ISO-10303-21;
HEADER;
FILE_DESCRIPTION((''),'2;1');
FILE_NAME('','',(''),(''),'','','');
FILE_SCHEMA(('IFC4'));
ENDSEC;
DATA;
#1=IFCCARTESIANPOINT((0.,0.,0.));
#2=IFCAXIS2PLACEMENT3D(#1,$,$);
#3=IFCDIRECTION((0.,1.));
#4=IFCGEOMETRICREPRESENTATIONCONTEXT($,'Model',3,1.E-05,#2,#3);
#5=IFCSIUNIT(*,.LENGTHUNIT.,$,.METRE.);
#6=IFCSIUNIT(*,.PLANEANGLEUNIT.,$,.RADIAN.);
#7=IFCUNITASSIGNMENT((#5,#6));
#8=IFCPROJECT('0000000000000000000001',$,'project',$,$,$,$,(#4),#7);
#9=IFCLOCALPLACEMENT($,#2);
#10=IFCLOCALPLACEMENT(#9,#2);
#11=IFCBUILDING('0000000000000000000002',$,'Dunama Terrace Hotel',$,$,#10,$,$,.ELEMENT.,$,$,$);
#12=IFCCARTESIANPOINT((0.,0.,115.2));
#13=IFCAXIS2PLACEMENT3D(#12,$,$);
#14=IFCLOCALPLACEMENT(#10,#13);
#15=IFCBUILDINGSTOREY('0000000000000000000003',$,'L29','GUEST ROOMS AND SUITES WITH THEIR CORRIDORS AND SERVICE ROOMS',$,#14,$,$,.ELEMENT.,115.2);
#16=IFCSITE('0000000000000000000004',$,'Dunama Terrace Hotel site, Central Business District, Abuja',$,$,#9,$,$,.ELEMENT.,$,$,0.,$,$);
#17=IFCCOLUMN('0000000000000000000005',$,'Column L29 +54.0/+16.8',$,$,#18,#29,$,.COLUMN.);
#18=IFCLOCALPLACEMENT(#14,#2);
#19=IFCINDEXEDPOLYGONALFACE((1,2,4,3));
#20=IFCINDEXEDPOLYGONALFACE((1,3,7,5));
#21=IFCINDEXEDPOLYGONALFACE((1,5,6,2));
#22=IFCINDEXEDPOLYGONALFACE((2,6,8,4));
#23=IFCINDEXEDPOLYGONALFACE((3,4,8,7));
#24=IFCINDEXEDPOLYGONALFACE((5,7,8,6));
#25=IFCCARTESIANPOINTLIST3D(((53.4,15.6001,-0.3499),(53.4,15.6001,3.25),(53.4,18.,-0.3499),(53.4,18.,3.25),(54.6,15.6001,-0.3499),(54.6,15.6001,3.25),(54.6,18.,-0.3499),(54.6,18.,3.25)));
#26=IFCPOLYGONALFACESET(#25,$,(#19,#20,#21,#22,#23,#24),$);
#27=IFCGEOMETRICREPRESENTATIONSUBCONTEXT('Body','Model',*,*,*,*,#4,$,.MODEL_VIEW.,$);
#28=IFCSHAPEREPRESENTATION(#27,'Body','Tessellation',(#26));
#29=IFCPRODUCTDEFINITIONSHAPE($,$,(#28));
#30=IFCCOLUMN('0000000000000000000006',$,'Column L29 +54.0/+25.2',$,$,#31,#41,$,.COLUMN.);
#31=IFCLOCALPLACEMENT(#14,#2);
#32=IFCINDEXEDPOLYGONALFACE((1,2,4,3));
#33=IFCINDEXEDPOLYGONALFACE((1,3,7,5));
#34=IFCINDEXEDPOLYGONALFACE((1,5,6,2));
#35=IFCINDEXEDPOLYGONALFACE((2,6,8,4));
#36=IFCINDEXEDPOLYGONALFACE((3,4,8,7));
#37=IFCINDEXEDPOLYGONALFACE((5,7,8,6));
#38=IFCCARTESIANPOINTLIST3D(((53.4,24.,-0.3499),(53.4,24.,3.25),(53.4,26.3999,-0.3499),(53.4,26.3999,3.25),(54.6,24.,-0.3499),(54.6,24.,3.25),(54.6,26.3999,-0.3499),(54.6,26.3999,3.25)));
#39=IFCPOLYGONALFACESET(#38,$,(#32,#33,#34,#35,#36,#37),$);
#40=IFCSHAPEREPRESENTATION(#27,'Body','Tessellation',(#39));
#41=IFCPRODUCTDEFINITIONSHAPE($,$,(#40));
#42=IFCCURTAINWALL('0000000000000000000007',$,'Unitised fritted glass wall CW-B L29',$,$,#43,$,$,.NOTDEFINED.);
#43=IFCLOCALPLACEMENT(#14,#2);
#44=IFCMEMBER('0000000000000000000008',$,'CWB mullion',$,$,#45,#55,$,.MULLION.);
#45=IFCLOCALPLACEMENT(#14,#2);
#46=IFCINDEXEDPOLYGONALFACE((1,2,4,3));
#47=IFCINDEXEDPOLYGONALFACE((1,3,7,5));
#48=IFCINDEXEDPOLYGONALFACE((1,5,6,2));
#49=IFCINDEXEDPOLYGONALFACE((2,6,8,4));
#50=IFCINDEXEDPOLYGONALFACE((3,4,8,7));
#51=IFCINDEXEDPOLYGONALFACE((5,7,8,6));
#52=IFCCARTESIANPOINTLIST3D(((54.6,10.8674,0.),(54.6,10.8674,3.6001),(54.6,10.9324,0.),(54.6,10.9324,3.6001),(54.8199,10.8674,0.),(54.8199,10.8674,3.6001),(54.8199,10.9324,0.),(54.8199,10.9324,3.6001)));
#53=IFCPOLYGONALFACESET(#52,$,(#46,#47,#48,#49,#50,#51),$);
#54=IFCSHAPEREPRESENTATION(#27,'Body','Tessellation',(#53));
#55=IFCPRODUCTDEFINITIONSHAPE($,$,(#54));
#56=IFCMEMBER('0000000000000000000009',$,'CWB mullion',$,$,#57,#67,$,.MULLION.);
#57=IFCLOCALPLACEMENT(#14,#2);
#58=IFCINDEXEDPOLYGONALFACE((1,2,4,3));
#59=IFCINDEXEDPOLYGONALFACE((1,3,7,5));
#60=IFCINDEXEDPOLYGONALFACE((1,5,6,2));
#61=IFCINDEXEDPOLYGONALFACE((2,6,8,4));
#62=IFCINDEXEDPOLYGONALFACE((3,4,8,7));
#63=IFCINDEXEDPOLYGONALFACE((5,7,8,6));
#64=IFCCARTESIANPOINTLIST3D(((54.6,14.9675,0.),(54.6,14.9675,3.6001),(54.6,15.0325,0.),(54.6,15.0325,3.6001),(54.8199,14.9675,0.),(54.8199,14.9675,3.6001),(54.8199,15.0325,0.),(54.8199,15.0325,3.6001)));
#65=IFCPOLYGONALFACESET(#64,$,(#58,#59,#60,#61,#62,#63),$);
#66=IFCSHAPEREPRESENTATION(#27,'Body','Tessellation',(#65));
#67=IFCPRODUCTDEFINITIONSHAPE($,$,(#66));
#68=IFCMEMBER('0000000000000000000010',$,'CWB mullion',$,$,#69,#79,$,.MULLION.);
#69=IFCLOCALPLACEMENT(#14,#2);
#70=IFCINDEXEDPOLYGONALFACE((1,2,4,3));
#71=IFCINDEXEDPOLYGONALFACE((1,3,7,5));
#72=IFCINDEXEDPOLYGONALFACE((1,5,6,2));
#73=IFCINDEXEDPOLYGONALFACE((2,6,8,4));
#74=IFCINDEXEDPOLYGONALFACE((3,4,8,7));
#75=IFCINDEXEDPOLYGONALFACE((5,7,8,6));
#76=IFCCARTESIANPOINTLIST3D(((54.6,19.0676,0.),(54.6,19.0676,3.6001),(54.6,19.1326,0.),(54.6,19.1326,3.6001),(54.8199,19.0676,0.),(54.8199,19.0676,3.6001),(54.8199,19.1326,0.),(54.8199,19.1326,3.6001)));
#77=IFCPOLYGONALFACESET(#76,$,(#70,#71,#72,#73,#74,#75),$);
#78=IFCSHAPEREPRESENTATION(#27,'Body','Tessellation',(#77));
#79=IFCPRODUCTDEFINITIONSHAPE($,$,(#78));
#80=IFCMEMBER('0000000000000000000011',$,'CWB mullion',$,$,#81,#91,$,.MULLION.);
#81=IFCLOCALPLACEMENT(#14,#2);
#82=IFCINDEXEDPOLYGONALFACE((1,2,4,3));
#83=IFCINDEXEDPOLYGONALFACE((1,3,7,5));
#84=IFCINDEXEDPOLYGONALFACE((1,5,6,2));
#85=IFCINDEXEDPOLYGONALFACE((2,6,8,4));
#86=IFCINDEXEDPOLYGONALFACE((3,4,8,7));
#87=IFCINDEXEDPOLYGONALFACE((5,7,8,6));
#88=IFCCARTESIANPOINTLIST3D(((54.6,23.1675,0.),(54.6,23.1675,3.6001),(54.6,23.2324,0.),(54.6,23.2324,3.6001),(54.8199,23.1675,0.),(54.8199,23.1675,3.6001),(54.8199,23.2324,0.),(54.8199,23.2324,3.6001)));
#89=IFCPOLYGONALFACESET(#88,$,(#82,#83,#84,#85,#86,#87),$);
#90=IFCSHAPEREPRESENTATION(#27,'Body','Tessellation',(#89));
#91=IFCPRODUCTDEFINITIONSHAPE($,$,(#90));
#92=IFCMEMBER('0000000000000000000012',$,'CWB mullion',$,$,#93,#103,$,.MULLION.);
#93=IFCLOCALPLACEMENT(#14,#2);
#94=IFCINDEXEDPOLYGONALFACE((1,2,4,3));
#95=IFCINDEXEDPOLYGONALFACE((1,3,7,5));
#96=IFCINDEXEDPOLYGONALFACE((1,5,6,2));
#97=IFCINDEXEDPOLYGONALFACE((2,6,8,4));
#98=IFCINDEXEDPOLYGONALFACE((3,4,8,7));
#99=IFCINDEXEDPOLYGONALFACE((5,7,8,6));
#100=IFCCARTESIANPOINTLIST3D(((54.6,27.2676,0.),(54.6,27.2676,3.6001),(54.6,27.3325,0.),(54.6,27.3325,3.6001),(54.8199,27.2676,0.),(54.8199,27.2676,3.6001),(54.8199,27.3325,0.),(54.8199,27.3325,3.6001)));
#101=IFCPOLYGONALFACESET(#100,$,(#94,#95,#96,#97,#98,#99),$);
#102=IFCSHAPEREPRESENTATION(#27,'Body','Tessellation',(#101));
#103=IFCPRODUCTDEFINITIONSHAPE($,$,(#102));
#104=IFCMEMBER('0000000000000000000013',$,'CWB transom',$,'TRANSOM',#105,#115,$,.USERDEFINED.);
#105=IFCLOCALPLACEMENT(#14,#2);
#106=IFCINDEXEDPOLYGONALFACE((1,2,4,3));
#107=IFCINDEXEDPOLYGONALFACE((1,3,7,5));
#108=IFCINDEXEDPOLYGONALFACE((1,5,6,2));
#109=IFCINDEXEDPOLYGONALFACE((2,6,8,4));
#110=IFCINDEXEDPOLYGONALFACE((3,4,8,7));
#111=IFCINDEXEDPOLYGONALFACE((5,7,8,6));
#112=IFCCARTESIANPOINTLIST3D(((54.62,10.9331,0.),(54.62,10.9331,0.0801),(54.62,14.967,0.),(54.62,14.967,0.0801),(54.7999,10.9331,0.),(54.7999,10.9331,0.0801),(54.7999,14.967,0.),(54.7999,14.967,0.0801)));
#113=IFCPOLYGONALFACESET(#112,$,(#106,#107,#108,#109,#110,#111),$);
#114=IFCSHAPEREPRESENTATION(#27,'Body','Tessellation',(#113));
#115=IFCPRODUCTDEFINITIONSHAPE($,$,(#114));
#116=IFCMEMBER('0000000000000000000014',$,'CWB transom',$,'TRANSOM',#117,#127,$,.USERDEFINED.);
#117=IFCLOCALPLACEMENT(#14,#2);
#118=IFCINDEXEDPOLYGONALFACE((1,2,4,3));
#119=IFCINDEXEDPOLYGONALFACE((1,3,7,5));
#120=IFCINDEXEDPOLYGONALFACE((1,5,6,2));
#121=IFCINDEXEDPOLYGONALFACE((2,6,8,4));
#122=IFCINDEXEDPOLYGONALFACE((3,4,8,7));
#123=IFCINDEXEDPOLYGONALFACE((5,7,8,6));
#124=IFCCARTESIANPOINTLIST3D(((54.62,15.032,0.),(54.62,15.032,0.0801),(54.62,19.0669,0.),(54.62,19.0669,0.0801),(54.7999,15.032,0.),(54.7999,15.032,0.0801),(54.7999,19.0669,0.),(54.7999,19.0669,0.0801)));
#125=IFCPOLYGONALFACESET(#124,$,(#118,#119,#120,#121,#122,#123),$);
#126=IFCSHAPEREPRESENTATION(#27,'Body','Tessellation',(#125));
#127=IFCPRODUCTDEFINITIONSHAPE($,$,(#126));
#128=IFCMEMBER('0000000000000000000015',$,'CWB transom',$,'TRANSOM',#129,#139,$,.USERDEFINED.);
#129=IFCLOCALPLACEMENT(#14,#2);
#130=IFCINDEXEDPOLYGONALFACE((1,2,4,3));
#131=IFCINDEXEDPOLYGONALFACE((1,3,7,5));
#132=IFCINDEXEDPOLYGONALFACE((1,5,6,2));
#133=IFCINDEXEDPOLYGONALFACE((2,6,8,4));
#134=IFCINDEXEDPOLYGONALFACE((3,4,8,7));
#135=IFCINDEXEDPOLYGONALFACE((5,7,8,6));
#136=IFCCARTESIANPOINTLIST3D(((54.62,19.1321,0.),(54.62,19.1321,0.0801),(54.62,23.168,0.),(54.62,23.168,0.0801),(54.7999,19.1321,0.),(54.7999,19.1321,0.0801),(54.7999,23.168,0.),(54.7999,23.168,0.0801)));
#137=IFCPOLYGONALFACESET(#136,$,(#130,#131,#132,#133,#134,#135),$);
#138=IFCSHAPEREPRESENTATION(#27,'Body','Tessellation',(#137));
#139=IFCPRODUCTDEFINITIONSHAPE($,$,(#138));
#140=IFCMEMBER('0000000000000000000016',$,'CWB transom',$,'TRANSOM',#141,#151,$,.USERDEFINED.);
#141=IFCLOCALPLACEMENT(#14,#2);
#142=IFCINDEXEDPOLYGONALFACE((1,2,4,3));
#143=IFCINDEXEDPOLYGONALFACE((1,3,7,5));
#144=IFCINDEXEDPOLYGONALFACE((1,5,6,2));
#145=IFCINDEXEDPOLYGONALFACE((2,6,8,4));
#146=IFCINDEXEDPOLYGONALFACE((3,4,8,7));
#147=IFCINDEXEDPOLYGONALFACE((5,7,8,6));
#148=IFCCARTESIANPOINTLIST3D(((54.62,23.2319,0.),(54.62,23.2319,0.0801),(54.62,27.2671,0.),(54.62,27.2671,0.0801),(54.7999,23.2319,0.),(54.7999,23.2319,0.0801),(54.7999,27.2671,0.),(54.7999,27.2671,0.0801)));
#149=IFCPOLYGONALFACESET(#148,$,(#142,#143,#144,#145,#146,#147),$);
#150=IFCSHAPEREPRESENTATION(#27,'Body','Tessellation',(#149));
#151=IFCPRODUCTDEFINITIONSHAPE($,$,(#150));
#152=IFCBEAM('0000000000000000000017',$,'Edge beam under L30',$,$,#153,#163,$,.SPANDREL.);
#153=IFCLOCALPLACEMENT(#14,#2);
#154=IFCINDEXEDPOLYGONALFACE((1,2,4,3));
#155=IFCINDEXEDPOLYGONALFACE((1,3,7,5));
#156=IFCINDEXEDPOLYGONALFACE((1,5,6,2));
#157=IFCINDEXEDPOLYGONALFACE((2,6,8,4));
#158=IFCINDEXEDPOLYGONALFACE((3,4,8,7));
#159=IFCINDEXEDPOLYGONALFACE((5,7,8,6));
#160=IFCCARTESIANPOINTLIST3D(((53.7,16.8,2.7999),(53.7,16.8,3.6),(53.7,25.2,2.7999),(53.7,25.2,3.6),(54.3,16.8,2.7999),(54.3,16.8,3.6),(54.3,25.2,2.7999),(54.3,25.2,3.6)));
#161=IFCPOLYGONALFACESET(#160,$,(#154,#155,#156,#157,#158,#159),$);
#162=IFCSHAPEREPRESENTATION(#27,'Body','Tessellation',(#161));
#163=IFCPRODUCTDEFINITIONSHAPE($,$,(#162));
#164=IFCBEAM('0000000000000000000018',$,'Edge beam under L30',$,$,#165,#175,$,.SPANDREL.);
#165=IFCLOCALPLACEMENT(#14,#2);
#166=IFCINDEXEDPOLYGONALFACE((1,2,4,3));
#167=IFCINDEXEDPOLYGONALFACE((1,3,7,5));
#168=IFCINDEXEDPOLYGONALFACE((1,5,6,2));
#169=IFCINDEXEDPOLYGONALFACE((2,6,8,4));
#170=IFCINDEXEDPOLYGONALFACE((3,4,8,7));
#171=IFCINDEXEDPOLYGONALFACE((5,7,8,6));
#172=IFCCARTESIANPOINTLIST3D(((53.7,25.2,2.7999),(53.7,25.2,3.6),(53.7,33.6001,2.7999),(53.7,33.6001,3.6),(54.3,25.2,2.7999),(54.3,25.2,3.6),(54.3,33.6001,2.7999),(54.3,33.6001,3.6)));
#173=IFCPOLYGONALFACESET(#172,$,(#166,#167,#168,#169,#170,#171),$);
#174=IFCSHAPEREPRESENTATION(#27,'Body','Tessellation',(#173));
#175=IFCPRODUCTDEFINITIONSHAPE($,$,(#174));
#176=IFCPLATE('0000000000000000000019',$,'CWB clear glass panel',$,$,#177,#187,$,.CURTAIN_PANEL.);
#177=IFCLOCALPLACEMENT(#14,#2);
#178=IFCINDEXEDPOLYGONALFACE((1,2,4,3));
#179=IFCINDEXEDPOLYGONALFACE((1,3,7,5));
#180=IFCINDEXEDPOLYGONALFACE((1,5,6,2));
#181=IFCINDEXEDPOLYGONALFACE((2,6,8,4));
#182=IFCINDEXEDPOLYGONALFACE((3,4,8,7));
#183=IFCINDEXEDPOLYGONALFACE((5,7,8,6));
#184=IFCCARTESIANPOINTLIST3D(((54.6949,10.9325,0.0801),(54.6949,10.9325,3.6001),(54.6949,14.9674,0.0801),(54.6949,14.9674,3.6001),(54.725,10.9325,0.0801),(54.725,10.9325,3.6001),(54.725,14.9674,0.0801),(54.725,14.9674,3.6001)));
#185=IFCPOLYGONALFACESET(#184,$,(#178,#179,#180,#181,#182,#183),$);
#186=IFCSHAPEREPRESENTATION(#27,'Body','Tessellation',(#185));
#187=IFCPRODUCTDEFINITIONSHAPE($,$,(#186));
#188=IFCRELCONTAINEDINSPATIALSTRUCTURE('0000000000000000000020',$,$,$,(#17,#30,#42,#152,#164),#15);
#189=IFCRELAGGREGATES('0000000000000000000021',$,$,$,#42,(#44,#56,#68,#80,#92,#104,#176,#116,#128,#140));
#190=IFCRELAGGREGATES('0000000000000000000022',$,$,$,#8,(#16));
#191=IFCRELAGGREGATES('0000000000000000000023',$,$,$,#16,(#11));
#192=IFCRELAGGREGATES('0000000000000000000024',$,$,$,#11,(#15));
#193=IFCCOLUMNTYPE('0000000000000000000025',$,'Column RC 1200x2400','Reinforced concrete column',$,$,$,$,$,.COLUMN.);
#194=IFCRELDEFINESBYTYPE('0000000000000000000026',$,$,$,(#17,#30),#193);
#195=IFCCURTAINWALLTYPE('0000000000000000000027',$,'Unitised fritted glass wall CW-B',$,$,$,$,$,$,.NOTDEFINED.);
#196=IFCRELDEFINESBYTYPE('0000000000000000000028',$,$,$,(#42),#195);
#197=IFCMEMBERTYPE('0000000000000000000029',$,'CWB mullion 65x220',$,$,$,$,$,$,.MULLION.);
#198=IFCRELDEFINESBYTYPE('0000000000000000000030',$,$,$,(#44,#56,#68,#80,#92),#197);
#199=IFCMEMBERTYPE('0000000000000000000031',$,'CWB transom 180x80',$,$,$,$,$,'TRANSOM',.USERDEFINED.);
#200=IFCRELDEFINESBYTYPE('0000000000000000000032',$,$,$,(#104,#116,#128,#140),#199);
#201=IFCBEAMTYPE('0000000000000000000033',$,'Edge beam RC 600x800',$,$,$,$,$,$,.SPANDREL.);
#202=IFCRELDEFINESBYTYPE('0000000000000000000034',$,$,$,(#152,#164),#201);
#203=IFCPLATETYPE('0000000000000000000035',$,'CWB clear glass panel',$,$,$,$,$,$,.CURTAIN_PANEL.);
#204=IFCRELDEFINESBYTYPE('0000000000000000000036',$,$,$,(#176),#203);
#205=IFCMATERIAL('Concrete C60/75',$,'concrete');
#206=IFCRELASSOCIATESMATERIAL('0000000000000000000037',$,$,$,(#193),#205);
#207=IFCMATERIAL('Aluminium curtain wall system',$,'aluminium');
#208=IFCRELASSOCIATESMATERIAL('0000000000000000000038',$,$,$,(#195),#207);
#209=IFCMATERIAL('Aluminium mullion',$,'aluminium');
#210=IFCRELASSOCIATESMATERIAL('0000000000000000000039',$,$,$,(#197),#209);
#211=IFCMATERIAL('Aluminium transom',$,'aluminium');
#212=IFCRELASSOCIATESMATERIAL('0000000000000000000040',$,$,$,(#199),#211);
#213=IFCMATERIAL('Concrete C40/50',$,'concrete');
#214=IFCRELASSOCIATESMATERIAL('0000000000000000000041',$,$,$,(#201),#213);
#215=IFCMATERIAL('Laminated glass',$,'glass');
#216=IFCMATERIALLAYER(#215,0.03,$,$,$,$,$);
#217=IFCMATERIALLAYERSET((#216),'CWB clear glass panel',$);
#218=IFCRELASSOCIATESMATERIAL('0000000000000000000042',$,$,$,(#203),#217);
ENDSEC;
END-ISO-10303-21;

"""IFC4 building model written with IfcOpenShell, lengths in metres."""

from ifc_helpers import new_model, si_unit, direction, frame, origin, origin_2d, place, context, subcontext, project, spatial, rectangle, extrude, material, layer, layer_set, material_profile, profile_set, type_object, element, aggregate, save


model = new_model("IFC4")

# Units and contexts
model_context = context("Model", 3, precision=1e-05, world=origin(), true_north=direction((0.0, 1.0)))
body_context = subcontext(model_context, "Body", "Model", "MODEL_VIEW")
ifc_project = project(units=[si_unit("LENGTHUNIT", "METRE"), si_unit("PLANEANGLEUNIT", "RADIAN")], contexts=[model_context])

# Site, building, storey
site_placement = place(None, origin())
site = spatial("IfcSite", under=ifc_project, at=site_placement, Name="Dunama Terrace Hotel site, Central Business District, Abuja", CompositionType="ELEMENT", RefElevation=0.0)
building_placement = place(site_placement, origin())
building = spatial("IfcBuilding", under=site, at=building_placement, Name="Dunama Terrace Hotel", CompositionType="ELEMENT")
storey_placement = place(building_placement, frame((0.0, 0.0, 115.2)))
storey = spatial("IfcBuildingStorey", under=building, at=storey_placement, Name="L29", Description="GUEST ROOMS AND SUITES WITH THEIR CORRIDORS AND SERVICE ROOMS", CompositionType="ELEMENT", Elevation=115.2)

# Columns
ifc_material_1 = material(Name="Concrete C60/75", Category="concrete")
ifc_material_profile_1 = material_profile(ifc_material_1, rectangle(XDim=1.2, YDim=2.3999, at=origin_2d()), Name="RC 1200x2400")
ifc_profile_set_1 = profile_set([ifc_material_profile_1], Name="Concrete C60/75")
column_type = type_object("IfcColumnType", Name="Column RC 1200x2400", Description="Reinforced concrete column", PredefinedType="COLUMN", material=ifc_profile_set_1)
for number, where, z_axis, x_axis, name in (
    (1, (54.0, 16.8, -0.3499), (0.0, 0.0, 1.0), (1.0, 0.0, 0.0), "Column L29 +54.0/+16.8"),
    (2, (54.0, 25.2, -0.3499), (0.0, 0.0, 1.0), (1.0, 0.0, 0.0), "Column L29 +54.0/+25.2"),
):
    element("IfcColumn", number, at=place(storey_placement, frame(where, z_axis=z_axis, x_axis=x_axis)), inside=storey, type_object=column_type, Name=name, PredefinedType="COLUMN", context=body_context, shape_type="SweptSolid", body=[
        extrude(rectangle(XDim=1.2, YDim=2.3999, at=origin_2d()), origin(), (0.0, 0.0, 1.0), 3.5999),
    ])

# Curtain wall, members
ifc_material_2 = material(Name="Aluminium curtain wall system", Category="aluminium")
curtain_wall_type = type_object("IfcCurtainWallType", Name="Unitised fritted glass wall CW-B", PredefinedType="NOTDEFINED", material=ifc_material_2)
curtain_wall_placement = place(storey_placement, origin())
curtain_wall = element("IfcCurtainWall", 3, at=curtain_wall_placement, inside=storey, type_object=curtain_wall_type, Name="Unitised fritted glass wall CW-B L29", PredefinedType="NOTDEFINED")
ifc_material_3 = material(Name="Aluminium mullion", Category="aluminium")
ifc_material_profile_2 = material_profile(ifc_material_3, rectangle(XDim=0.0649, YDim=0.22, at=origin_2d()), Name="CWB MULLION 65X220")
ifc_profile_set_2 = profile_set([ifc_material_profile_2], Name="Aluminium mullion")
member_type_1 = type_object("IfcMemberType", Name="CWB mullion 65x220", PredefinedType="MULLION", material=ifc_profile_set_2)
member_1_placement = place(storey_placement, frame((54.71, 10.8999, 0.0), z_axis=(0.0, 0.0, 1.0), x_axis=(0.0, 1.0, 0.0)))
member_1 = element("IfcMember", 4, at=member_1_placement, type_object=member_type_1, Name="CWB mullion", PredefinedType="MULLION", context=body_context, shape_type="SweptSolid", body=[
    extrude(rectangle(XDim=0.0649, YDim=0.22, at=origin_2d()), origin(), (0.0, 0.0, 1.0), 3.6001),
])
member_2_placement = place(storey_placement, frame((54.71, 15.0, 0.0), z_axis=(0.0, 0.0, 1.0), x_axis=(0.0, 1.0, 0.0)))
member_2 = element("IfcMember", 5, at=member_2_placement, type_object=member_type_1, Name="CWB mullion", PredefinedType="MULLION", context=body_context, shape_type="SweptSolid", body=[
    extrude(rectangle(XDim=0.0649, YDim=0.22, at=origin_2d()), origin(), (0.0, 0.0, 1.0), 3.6001),
])
member_3_placement = place(storey_placement, frame((54.71, 19.1001, 0.0), z_axis=(0.0, 0.0, 1.0), x_axis=(0.0, 1.0, 0.0)))
member_3 = element("IfcMember", 6, at=member_3_placement, type_object=member_type_1, Name="CWB mullion", PredefinedType="MULLION", context=body_context, shape_type="SweptSolid", body=[
    extrude(rectangle(XDim=0.0649, YDim=0.22, at=origin_2d()), origin(), (0.0, 0.0, 1.0), 3.6001),
])
member_4_placement = place(storey_placement, frame((54.71, 23.2, 0.0), z_axis=(0.0, 0.0, 1.0), x_axis=(0.0, 1.0, 0.0)))
member_4 = element("IfcMember", 7, at=member_4_placement, type_object=member_type_1, Name="CWB mullion", PredefinedType="MULLION", context=body_context, shape_type="SweptSolid", body=[
    extrude(rectangle(XDim=0.0649, YDim=0.22, at=origin_2d()), origin(), (0.0, 0.0, 1.0), 3.6001),
])
member_5_placement = place(storey_placement, frame((54.71, 27.3, 0.0), z_axis=(0.0, 0.0, 1.0), x_axis=(0.0, 1.0, 0.0)))
member_5 = element("IfcMember", 8, at=member_5_placement, type_object=member_type_1, Name="CWB mullion", PredefinedType="MULLION", context=body_context, shape_type="SweptSolid", body=[
    extrude(rectangle(XDim=0.0649, YDim=0.22, at=origin_2d()), origin(), (0.0, 0.0, 1.0), 3.6001),
])
ifc_material_4 = material(Name="Aluminium transom", Category="aluminium")
ifc_material_profile_3 = material_profile(ifc_material_4, rectangle(XDim=0.1799, YDim=0.0801, at=origin_2d()), Name="CWB TRANSOM 180X80")
ifc_profile_set_3 = profile_set([ifc_material_profile_3], Name="Aluminium transom")
member_type_2 = type_object("IfcMemberType", Name="CWB transom 180x80", ElementType="TRANSOM", PredefinedType="USERDEFINED", material=ifc_profile_set_3)
member_6_placement = place(storey_placement, frame((54.71, 10.9331, 0.04), z_axis=(0.0, 1.0, 0.0), x_axis=(-1.0, 0.0, 0.0)))
member_6 = element("IfcMember", 9, at=member_6_placement, type_object=member_type_2, Name="CWB transom", ObjectType="TRANSOM", PredefinedType="USERDEFINED", context=body_context, shape_type="SweptSolid", body=[
    extrude(rectangle(XDim=0.1799, YDim=0.0801, at=origin_2d()), origin(), (0.0, 0.0, 1.0), 4.0339),
])
member_7_placement = place(storey_placement, frame((54.71, 15.032, 0.04), z_axis=(0.0, 1.0, 0.0), x_axis=(-1.0, 0.0, 0.0)))
member_7 = element("IfcMember", 10, at=member_7_placement, type_object=member_type_2, Name="CWB transom", ObjectType="TRANSOM", PredefinedType="USERDEFINED", context=body_context, shape_type="SweptSolid", body=[
    extrude(rectangle(XDim=0.1799, YDim=0.0801, at=origin_2d()), origin(), (0.0, 0.0, 1.0), 4.0349),
])
member_8_placement = place(storey_placement, frame((54.71, 19.1321, 0.04), z_axis=(0.0, 1.0, 0.0), x_axis=(-1.0, 0.0, 0.0)))
member_8 = element("IfcMember", 11, at=member_8_placement, type_object=member_type_2, Name="CWB transom", ObjectType="TRANSOM", PredefinedType="USERDEFINED", context=body_context, shape_type="SweptSolid", body=[
    extrude(rectangle(XDim=0.1799, YDim=0.0801, at=origin_2d()), origin(), (0.0, 0.0, 1.0), 4.0359),
])
member_9_placement = place(storey_placement, frame((54.71, 23.2319, 0.04), z_axis=(0.0, 1.0, 0.0), x_axis=(-1.0, 0.0, 0.0)))
member_9 = element("IfcMember", 12, at=member_9_placement, type_object=member_type_2, Name="CWB transom", ObjectType="TRANSOM", PredefinedType="USERDEFINED", context=body_context, shape_type="SweptSolid", body=[
    extrude(rectangle(XDim=0.1799, YDim=0.0801, at=origin_2d()), origin(), (0.0, 0.0, 1.0), 4.0352),
])

# Beams
ifc_material_5 = material(Name="Concrete C40/50", Category="concrete")
ifc_material_profile_4 = material_profile(ifc_material_5, rectangle(XDim=0.6001, YDim=0.8, at=origin_2d()), Name="RC 600x800")
ifc_profile_set_4 = profile_set([ifc_material_profile_4], Name="Concrete C40/50")
beam_type = type_object("IfcBeamType", Name="Edge beam RC 600x800", PredefinedType="SPANDREL", material=ifc_profile_set_4)
beam_1_placement = place(storey_placement, frame((54.0, 16.8, 3.2), z_axis=(0.0, 1.0, 0.0), x_axis=(-1.0, 0.0, 0.0)))
element("IfcBeam", 13, at=beam_1_placement, inside=storey, type_object=beam_type, Name="Edge beam under L30", PredefinedType="SPANDREL", context=body_context, shape_type="SweptSolid", body=[
    extrude(rectangle(XDim=0.6001, YDim=0.8, at=origin_2d()), origin(), (0.0, 0.0, 1.0), 8.3999),
])
beam_2_placement = place(storey_placement, frame((54.0, 25.2, 3.2), z_axis=(0.0, 1.0, 0.0), x_axis=(-1.0, 0.0, 0.0)))
element("IfcBeam", 14, at=beam_2_placement, inside=storey, type_object=beam_type, Name="Edge beam under L30", PredefinedType="SPANDREL", context=body_context, shape_type="SweptSolid", body=[
    extrude(rectangle(XDim=0.6001, YDim=0.8, at=origin_2d()), origin(), (0.0, 0.0, 1.0), 8.4001),
])

# Plate
ifc_material_6 = material(Name="Laminated glass", Category="glass")
ifc_layer_1 = layer(ifc_material_6, 0.03)
ifc_layer_set_1 = layer_set([ifc_layer_1], Name="CWB clear glass panel")
plate_type_1 = type_object("IfcPlateType", Name="CWB clear glass panel", PredefinedType="CURTAIN_PANEL", material=ifc_layer_set_1)
plate_1_placement = place(storey_placement, frame((54.71, 12.95, 0.0801), z_axis=(0.0, 0.0, 1.0), x_axis=(0.0, 1.0, 0.0)))
plate_1 = element("IfcPlate", 15, at=plate_1_placement, type_object=plate_type_1, Name="CWB clear glass panel", PredefinedType="CURTAIN_PANEL", context=body_context, shape_type="SweptSolid", body=[
    extrude(rectangle(XDim=4.0349, YDim=0.03, at=origin_2d()), origin(), (0.0, 0.0, 1.0), 3.52),
])
aggregate(curtain_wall, [member_1, member_2, member_3, member_4, member_5, member_6, plate_1, member_7, member_8, member_9])

save(model, "model.ifc")
